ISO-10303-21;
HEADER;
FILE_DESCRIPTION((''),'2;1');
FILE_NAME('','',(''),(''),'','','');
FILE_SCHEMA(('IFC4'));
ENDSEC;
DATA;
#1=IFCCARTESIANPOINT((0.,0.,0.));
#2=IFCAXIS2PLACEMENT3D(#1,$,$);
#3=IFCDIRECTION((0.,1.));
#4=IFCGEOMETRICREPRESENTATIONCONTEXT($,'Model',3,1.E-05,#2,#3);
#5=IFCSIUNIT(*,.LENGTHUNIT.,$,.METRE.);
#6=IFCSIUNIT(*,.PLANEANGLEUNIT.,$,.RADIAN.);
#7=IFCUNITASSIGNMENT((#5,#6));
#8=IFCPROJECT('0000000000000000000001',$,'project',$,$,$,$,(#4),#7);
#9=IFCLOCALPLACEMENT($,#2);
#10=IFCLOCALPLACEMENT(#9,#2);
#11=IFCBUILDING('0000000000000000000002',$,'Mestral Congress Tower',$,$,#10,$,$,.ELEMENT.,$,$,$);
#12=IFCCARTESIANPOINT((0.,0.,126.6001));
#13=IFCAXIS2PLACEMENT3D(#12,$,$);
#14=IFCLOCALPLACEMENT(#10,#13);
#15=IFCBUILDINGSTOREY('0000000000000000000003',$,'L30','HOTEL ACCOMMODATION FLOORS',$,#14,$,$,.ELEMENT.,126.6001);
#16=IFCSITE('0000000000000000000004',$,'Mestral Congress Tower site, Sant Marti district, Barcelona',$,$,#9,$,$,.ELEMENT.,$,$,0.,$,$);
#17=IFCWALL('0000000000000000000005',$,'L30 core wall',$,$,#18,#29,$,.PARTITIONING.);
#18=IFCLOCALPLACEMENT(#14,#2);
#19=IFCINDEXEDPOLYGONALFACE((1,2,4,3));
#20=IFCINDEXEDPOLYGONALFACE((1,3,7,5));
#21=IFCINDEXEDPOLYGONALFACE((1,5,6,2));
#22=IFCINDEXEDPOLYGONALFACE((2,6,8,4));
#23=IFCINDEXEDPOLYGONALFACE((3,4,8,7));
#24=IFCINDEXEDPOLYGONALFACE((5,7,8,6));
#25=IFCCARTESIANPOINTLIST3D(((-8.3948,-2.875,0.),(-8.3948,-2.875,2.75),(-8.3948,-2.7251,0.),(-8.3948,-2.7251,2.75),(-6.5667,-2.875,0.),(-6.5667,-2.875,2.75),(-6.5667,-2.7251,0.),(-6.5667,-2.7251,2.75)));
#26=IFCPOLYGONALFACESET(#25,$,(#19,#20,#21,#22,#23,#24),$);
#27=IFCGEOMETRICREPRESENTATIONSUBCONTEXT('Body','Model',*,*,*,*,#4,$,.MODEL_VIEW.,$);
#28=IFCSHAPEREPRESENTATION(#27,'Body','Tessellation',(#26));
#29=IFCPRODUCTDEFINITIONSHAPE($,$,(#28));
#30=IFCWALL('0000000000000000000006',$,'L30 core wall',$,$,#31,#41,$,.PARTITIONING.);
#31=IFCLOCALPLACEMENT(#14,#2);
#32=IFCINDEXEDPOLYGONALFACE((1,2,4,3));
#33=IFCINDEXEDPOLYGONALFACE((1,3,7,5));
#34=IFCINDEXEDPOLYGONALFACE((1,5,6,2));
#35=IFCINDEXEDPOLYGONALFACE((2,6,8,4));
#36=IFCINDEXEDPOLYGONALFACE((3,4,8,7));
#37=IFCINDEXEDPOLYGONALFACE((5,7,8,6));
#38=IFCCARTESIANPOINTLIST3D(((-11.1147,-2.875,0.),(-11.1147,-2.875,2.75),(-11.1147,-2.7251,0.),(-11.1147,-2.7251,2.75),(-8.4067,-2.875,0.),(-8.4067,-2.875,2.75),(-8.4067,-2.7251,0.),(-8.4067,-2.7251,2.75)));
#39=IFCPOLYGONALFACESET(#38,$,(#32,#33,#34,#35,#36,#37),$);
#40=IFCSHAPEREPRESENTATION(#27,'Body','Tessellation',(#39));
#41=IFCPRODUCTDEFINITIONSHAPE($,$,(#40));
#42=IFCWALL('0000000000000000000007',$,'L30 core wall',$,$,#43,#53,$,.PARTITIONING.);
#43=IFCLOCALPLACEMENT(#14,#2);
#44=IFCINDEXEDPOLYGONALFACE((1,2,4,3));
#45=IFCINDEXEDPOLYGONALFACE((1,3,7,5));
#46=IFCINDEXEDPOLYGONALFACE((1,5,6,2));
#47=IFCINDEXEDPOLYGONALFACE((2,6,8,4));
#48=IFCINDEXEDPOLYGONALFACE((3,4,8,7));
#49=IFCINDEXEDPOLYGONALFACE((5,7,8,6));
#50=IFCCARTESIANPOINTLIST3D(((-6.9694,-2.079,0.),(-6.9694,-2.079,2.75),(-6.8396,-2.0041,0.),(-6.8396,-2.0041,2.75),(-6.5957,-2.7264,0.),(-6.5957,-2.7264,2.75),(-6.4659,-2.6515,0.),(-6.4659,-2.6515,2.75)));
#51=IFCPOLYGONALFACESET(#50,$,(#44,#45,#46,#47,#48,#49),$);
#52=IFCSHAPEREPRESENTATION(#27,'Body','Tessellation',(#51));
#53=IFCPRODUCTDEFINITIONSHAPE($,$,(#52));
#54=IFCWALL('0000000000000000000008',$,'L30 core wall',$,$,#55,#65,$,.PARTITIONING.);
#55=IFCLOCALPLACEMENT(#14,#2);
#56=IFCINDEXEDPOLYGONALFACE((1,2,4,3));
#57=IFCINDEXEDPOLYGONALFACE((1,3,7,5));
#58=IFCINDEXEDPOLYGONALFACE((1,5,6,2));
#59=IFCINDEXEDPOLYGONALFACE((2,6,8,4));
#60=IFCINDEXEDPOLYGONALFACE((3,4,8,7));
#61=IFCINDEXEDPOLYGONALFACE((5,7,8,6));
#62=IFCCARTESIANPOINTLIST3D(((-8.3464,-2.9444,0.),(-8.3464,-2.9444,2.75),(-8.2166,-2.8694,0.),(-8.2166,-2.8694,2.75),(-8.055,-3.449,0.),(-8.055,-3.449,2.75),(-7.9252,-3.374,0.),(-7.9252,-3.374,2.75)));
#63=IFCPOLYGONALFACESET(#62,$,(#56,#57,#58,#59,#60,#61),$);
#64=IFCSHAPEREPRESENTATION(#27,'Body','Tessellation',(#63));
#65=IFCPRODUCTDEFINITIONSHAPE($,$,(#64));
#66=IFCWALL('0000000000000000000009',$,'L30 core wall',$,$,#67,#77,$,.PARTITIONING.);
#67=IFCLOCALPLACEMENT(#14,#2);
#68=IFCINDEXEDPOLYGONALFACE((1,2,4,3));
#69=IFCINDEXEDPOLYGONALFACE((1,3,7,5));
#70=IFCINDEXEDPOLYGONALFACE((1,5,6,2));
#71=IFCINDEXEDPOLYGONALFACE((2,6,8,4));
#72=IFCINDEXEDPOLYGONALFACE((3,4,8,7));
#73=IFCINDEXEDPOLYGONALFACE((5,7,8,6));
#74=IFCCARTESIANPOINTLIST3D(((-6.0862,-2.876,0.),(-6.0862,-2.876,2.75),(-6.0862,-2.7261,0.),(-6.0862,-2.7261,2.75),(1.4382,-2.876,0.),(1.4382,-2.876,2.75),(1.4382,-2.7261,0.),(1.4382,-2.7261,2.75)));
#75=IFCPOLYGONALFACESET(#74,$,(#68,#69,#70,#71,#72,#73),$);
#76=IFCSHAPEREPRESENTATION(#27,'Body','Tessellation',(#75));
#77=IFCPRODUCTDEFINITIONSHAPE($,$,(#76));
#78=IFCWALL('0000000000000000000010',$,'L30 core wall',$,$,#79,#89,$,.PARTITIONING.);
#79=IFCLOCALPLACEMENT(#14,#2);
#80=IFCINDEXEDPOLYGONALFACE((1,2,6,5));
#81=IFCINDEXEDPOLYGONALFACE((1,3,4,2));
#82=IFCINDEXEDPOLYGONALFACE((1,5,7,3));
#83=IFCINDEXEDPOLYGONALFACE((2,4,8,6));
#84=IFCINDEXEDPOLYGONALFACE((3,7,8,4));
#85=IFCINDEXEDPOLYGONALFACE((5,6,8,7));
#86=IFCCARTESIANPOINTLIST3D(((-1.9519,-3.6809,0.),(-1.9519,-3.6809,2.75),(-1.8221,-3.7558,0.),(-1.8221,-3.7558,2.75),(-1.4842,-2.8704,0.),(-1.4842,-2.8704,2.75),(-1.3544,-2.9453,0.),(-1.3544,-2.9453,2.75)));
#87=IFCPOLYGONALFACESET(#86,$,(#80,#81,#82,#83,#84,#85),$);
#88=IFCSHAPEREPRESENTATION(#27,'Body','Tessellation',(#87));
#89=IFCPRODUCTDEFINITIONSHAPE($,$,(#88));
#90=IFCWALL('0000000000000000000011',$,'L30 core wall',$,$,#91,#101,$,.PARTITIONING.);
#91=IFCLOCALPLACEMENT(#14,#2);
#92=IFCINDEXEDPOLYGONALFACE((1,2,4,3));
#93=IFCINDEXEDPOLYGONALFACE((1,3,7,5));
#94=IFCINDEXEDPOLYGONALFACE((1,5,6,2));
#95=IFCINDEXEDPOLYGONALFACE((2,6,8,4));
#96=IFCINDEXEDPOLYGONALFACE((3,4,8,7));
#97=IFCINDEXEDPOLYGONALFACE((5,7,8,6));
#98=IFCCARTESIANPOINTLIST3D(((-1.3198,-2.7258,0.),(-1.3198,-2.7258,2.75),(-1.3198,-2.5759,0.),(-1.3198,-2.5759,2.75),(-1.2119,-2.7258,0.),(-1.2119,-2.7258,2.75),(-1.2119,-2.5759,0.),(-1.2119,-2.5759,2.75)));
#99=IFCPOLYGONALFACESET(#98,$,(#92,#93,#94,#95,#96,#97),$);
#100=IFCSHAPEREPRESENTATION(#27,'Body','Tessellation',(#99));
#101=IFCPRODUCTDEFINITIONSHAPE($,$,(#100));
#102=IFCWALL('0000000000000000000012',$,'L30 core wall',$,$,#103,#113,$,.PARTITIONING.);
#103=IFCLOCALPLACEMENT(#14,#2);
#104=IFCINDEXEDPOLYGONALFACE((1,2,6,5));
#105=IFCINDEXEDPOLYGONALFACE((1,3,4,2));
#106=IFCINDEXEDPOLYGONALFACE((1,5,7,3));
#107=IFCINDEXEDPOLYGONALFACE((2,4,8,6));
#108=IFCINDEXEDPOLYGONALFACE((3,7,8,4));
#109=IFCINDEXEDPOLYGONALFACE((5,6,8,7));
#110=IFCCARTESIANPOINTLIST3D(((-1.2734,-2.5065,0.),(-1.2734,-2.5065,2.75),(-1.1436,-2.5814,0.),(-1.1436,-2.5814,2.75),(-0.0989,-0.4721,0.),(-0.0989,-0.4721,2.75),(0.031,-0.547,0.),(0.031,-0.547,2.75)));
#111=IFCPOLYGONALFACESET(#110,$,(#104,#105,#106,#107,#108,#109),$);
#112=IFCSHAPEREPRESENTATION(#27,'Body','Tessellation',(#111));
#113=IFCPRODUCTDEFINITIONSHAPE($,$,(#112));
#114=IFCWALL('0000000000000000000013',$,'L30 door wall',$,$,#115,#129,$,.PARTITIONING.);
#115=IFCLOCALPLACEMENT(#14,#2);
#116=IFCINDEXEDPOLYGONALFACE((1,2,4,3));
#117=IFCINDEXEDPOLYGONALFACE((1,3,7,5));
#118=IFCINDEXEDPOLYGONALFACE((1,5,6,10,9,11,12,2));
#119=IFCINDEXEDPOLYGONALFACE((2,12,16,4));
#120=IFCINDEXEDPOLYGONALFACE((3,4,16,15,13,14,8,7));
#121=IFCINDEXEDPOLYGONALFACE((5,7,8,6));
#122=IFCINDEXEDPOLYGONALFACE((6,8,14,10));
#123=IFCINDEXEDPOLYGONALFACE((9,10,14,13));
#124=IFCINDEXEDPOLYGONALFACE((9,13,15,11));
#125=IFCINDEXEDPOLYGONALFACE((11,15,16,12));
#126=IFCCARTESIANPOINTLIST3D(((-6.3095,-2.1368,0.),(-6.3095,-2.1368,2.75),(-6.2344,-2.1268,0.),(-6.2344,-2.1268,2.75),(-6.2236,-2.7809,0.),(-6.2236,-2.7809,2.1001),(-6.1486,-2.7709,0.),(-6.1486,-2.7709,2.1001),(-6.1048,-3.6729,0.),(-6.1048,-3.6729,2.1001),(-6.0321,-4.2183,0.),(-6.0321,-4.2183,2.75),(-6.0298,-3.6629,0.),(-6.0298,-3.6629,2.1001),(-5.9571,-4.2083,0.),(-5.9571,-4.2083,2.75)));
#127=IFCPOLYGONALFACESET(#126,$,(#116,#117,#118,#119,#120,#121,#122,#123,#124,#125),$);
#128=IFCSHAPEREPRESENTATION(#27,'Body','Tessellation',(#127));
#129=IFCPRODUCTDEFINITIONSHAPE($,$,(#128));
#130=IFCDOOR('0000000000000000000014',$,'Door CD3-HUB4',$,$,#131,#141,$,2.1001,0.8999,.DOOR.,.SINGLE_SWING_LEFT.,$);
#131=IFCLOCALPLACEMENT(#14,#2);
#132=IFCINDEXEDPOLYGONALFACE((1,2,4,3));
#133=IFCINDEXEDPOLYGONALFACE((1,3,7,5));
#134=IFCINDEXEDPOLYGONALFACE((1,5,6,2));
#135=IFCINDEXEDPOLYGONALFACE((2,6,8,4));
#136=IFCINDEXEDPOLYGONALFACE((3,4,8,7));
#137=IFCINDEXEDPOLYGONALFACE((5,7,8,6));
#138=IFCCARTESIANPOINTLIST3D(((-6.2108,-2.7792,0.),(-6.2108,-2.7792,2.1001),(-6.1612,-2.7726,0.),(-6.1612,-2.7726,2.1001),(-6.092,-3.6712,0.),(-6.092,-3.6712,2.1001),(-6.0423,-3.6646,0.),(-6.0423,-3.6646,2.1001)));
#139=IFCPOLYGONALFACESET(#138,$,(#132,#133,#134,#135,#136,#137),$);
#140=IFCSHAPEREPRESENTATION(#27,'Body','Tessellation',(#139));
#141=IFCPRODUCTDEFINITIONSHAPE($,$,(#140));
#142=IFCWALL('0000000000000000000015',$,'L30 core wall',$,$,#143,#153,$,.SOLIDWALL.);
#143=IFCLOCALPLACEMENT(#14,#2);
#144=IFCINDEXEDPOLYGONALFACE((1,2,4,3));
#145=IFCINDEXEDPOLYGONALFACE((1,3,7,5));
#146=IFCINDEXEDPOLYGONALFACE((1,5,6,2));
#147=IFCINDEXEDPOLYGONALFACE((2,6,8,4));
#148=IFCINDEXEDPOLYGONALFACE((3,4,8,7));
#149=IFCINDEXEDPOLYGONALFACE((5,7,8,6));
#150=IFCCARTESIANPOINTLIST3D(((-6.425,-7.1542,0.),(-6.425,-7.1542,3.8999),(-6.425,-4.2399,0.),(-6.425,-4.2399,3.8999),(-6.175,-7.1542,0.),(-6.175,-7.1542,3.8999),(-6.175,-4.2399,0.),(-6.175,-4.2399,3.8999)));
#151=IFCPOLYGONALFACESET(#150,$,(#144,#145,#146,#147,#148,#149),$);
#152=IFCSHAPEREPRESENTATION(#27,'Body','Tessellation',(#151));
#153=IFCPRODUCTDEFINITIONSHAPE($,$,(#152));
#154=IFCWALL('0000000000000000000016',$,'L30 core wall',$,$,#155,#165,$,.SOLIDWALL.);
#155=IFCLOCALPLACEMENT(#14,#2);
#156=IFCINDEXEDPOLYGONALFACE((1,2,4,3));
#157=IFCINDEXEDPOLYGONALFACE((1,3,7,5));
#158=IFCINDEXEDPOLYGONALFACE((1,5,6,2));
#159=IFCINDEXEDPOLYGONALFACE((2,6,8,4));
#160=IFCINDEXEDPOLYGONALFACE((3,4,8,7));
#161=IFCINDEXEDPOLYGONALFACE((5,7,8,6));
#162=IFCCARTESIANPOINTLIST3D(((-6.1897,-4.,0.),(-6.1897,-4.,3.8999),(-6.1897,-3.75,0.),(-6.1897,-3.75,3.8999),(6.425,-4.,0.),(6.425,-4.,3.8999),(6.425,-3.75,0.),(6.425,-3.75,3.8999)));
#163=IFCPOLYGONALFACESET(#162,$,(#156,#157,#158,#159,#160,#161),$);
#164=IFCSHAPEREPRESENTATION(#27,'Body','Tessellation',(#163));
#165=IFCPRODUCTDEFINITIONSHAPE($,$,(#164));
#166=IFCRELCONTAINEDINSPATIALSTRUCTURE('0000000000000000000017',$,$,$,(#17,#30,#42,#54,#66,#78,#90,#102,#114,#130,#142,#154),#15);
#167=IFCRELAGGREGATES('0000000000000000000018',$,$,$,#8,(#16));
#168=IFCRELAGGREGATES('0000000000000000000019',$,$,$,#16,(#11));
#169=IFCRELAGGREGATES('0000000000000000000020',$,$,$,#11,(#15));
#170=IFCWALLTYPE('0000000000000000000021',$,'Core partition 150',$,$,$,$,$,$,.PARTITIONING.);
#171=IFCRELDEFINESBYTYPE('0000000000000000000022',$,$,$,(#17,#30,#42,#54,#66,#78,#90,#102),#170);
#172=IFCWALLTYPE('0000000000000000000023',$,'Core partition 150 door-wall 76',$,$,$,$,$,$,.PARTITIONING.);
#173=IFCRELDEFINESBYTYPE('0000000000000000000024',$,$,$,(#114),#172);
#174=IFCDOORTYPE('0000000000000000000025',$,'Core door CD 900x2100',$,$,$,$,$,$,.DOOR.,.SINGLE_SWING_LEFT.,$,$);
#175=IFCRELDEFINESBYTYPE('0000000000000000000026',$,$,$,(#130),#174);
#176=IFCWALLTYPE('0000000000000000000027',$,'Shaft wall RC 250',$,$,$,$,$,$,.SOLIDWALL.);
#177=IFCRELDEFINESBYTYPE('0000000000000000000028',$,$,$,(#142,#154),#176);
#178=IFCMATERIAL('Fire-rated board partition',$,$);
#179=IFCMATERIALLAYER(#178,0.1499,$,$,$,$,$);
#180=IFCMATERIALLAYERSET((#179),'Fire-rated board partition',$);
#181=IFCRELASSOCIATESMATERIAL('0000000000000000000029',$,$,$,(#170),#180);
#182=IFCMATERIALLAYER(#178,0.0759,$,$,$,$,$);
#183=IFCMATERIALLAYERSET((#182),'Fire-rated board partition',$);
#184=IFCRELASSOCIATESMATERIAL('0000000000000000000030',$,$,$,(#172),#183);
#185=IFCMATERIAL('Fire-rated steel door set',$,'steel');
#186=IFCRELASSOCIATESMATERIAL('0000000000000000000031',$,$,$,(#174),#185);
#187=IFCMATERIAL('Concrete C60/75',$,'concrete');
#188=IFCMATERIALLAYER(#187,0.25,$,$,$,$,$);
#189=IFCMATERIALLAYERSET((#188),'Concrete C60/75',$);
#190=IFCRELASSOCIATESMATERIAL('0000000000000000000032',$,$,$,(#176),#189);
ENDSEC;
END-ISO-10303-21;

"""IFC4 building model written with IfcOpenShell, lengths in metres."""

from ifc_helpers import new_model, si_unit, direction, frame, frame_2d, origin, place, context, subcontext, project, spatial, rectangle, extrude, material, layer, layer_set, type_object, element, fill, save


model = new_model("IFC4")

# Units and contexts
model_context = context("Model", 3, precision=1e-05, world=origin(), true_north=direction((0.0, 1.0)))
body_context = subcontext(model_context, "Body", "Model", "MODEL_VIEW")
ifc_project = project(units=[si_unit("LENGTHUNIT", "METRE"), si_unit("PLANEANGLEUNIT", "RADIAN")], contexts=[model_context])

# Site, building, storey
site_placement = place(None, origin())
site = spatial("IfcSite", under=ifc_project, at=site_placement, Name="Mestral Congress Tower site, Sant Marti district, Barcelona", CompositionType="ELEMENT", RefElevation=0.0)
building_placement = place(site_placement, origin())
building = spatial("IfcBuilding", under=site, at=building_placement, Name="Mestral Congress Tower", CompositionType="ELEMENT")
storey_placement = place(building_placement, frame((0.0, 0.0, 126.6001)))
storey = spatial("IfcBuildingStorey", under=building, at=storey_placement, Name="L30", Description="HOTEL ACCOMMODATION FLOORS", CompositionType="ELEMENT", Elevation=126.6001)

# Walls
ifc_material_1 = material(Name="Fire-rated board partition")
ifc_layer_1 = layer(ifc_material_1, 0.1499)
ifc_layer_set_1 = layer_set([ifc_layer_1], Name="Fire-rated board partition")
wall_type_1 = type_object("IfcWallType", Name="Core partition 150", PredefinedType="PARTITIONING", material=ifc_layer_set_1)
wall_1_placement = place(storey_placement, frame((-8.3948, -2.8, 0.0), z_axis=(0.0, 0.0, 1.0), x_axis=(1.0, 0.0, 0.0)))
element("IfcWall", 1, at=wall_1_placement, inside=storey, type_object=wall_type_1, Name="L30 core wall", PredefinedType="PARTITIONING", context=body_context, shape_type="SweptSolid", body=[
    extrude(rectangle(XDim=1.8281, YDim=0.1499, at=frame_2d((0.9141, 0.0))), origin(), (0.0, 0.0, 1.0), 2.75),
])
wall_2_placement = place(storey_placement, frame((-11.1147, -2.8, 0.0), z_axis=(0.0, 0.0, 1.0), x_axis=(1.0, 0.0, 0.0)))
element("IfcWall", 2, at=wall_2_placement, inside=storey, type_object=wall_type_1, Name="L30 core wall", PredefinedType="PARTITIONING", context=body_context, shape_type="SweptSolid", body=[
    extrude(rectangle(XDim=2.708, YDim=0.1499, at=frame_2d((1.354, 0.0))), origin(), (0.0, 0.0, 1.0), 2.75),
])
wall_3_placement = place(storey_placement, frame((-6.5308, -2.689, 0.0), z_axis=(0.0, 0.0, 1.0), x_axis=(-0.499967, 0.866044, 0.0)))
element("IfcWall", 3, at=wall_3_placement, inside=storey, type_object=wall_type_1, Name="L30 core wall", PredefinedType="PARTITIONING", context=body_context, shape_type="SweptSolid", body=[
    extrude(rectangle(XDim=0.7476, YDim=0.1499, at=frame_2d((0.3738, 0.0))), origin(), (0.0, 0.0, 1.0), 2.75),
])
wall_4_placement = place(storey_placement, frame((-7.99, -3.4116, 0.0), z_axis=(0.0, 0.0, 1.0), x_axis=(-0.500194, 0.865913, 0.0)))
element("IfcWall", 4, at=wall_4_placement, inside=storey, type_object=wall_type_1, Name="L30 core wall", PredefinedType="PARTITIONING", context=body_context, shape_type="SweptSolid", body=[
    extrude(rectangle(XDim=0.5828, YDim=0.1499, at=frame_2d((0.2915, 0.0))), origin(), (0.0, 0.0, 1.0), 2.75),
])
wall_5_placement = place(storey_placement, frame((-6.0862, -2.801, 0.0), z_axis=(0.0, 0.0, 1.0), x_axis=(1.0, 0.0, 0.0)))
element("IfcWall", 5, at=wall_5_placement, inside=storey, type_object=wall_type_1, Name="L30 core wall", PredefinedType="PARTITIONING", context=body_context, shape_type="SweptSolid", body=[
    extrude(rectangle(XDim=7.5244, YDim=0.1499, at=frame_2d((3.7622, 0.0))), origin(), (0.0, 0.0, 1.0), 2.75),
])
wall_6_placement = place(storey_placement, frame((-1.887, -3.7183, 0.0), z_axis=(0.0, 0.0, 1.0), x_axis=(0.499843, 0.866116, 0.0)))
element("IfcWall", 6, at=wall_6_placement, inside=storey, type_object=wall_type_1, Name="L30 core wall", PredefinedType="PARTITIONING", context=body_context, shape_type="SweptSolid", body=[
    extrude(rectangle(XDim=0.9358, YDim=0.1499, at=frame_2d((0.4678, 0.0))), origin(), (0.0, 0.0, 1.0), 2.75),
])
wall_7_placement = place(storey_placement, frame((-1.2119, -2.6509, 0.0), z_axis=(0.0, 0.0, 1.0), x_axis=(-1.0, 0.0, 0.0)))
element("IfcWall", 7, at=wall_7_placement, inside=storey, type_object=wall_type_1, Name="L30 core wall", PredefinedType="PARTITIONING", context=body_context, shape_type="SweptSolid", body=[
    extrude(rectangle(XDim=0.1079, YDim=0.1499, at=frame_2d((0.054, 0.0))), origin(), (0.0, 0.0, 1.0), 2.75),
])
wall_8_placement = place(storey_placement, frame((-1.2085, -2.5439, 0.0), z_axis=(0.0, 0.0, 1.0), x_axis=(0.499995, 0.866028, 0.0)))
element("IfcWall", 8, at=wall_8_placement, inside=storey, type_object=wall_type_1, Name="L30 core wall", PredefinedType="PARTITIONING", context=body_context, shape_type="SweptSolid", body=[
    extrude(rectangle(XDim=2.3491, YDim=0.1499, at=frame_2d((1.1746, 0.0))), origin(), (0.0, 0.0, 1.0), 2.75),
])

# Wall, opening, door
ifc_layer_2 = layer(ifc_material_1, 0.0759)
ifc_layer_set_2 = layer_set([ifc_layer_2], Name="Fire-rated board partition")
wall_type_2 = type_object("IfcWallType", Name="Core partition 150 door-wall 76", PredefinedType="PARTITIONING", material=ifc_layer_set_2)
wall_9_placement = place(storey_placement, frame((-5.9946, -4.2131, 0.0), z_axis=(0.0, 0.0, 1.0), x_axis=(-0.132072, 0.99124, 0.0)))
wall_9 = element("IfcWall", 9, at=wall_9_placement, inside=storey, type_object=wall_type_2, Name="L30 door wall", PredefinedType="PARTITIONING", context=body_context, shape_type="SweptSolid", body=[
    extrude(rectangle(XDim=2.0999, YDim=0.0757, at=frame_2d((1.0498, 0.0))), origin(), (0.0, 0.0, 1.0), 2.75),
])
opening_1_placement = place(wall_9_placement, frame((0.55, 0.0, 0.0)))
opening_1 = element("IfcOpeningElement", 10, at=opening_1_placement, cuts=wall_9, PredefinedType="OPENING", context=body_context, shape_type="SweptSolid", body=[
    extrude(rectangle(XDim=0.8999, YDim=2.1001, at=frame_2d((0.45, 1.05))), frame((0.0, 0.0479, 0.0), z_axis=(0.0, -1.0, 0.0), x_axis=(1.0, 0.0, 0.0)), (0.0, 0.0, 1.0), 0.0957),
])
ifc_material_2 = material(Name="Fire-rated steel door set", Category="steel")
door_type_1 = type_object("IfcDoorType", Name="Core door CD 900x2100", OperationType="SINGLE_SWING_LEFT", PredefinedType="DOOR", material=ifc_material_2)
door_1_placement = place(opening_1_placement, origin())
door_1 = element("IfcDoor", 11, at=door_1_placement, inside=storey, type_object=door_type_1, Name="Door CD3-HUB4", OperationType="SINGLE_SWING_LEFT", OverallHeight=2.1001, OverallWidth=0.8999, PredefinedType="DOOR", context=body_context, shape_type="SweptSolid", body=[
    extrude(rectangle(XDim=0.8999, YDim=2.1001, at=frame_2d((0.45, 1.05))), frame((0.0, 0.0249, 0.0), z_axis=(0.0, -1.0, 0.0), x_axis=(1.0, 0.0, 0.0)), (0.0, 0.0, 1.0), 0.05),
])
fill(opening_1, door_1)

# Walls
ifc_material_3 = material(Name="Concrete C60/75", Category="concrete")
ifc_layer_3 = layer(ifc_material_3, 0.25)
ifc_layer_set_3 = layer_set([ifc_layer_3], Name="Concrete C60/75")
wall_type_3 = type_object("IfcWallType", Name="Shaft wall RC 250", PredefinedType="SOLIDWALL", material=ifc_layer_set_3)
wall_10_placement = place(storey_placement, frame((-6.3, -4.24, 0.0), z_axis=(0.0, 0.0, 1.0), x_axis=(0.0, -1.0, 0.0)))
element("IfcWall", 12, at=wall_10_placement, inside=storey, type_object=wall_type_3, Name="L30 core wall", PredefinedType="SOLIDWALL", context=body_context, shape_type="SweptSolid", body=[
    extrude(rectangle(XDim=2.9143, YDim=0.25, at=frame_2d((1.457, 0.0))), origin(), (0.0, 0.0, 1.0), 3.8999),
])
wall_11_placement = place(storey_placement, frame((-6.1897, -3.875, 0.0), z_axis=(0.0, 0.0, 1.0), x_axis=(1.0, 0.0, 0.0)))
element("IfcWall", 13, at=wall_11_placement, inside=storey, type_object=wall_type_3, Name="L30 core wall", PredefinedType="SOLIDWALL", context=body_context, shape_type="SweptSolid", body=[
    extrude(rectangle(XDim=12.6147, YDim=0.25, at=frame_2d((6.3074, 0.0))), origin(), (0.0, 0.0, 1.0), 3.8999),
])

save(model, "model.ifc")
